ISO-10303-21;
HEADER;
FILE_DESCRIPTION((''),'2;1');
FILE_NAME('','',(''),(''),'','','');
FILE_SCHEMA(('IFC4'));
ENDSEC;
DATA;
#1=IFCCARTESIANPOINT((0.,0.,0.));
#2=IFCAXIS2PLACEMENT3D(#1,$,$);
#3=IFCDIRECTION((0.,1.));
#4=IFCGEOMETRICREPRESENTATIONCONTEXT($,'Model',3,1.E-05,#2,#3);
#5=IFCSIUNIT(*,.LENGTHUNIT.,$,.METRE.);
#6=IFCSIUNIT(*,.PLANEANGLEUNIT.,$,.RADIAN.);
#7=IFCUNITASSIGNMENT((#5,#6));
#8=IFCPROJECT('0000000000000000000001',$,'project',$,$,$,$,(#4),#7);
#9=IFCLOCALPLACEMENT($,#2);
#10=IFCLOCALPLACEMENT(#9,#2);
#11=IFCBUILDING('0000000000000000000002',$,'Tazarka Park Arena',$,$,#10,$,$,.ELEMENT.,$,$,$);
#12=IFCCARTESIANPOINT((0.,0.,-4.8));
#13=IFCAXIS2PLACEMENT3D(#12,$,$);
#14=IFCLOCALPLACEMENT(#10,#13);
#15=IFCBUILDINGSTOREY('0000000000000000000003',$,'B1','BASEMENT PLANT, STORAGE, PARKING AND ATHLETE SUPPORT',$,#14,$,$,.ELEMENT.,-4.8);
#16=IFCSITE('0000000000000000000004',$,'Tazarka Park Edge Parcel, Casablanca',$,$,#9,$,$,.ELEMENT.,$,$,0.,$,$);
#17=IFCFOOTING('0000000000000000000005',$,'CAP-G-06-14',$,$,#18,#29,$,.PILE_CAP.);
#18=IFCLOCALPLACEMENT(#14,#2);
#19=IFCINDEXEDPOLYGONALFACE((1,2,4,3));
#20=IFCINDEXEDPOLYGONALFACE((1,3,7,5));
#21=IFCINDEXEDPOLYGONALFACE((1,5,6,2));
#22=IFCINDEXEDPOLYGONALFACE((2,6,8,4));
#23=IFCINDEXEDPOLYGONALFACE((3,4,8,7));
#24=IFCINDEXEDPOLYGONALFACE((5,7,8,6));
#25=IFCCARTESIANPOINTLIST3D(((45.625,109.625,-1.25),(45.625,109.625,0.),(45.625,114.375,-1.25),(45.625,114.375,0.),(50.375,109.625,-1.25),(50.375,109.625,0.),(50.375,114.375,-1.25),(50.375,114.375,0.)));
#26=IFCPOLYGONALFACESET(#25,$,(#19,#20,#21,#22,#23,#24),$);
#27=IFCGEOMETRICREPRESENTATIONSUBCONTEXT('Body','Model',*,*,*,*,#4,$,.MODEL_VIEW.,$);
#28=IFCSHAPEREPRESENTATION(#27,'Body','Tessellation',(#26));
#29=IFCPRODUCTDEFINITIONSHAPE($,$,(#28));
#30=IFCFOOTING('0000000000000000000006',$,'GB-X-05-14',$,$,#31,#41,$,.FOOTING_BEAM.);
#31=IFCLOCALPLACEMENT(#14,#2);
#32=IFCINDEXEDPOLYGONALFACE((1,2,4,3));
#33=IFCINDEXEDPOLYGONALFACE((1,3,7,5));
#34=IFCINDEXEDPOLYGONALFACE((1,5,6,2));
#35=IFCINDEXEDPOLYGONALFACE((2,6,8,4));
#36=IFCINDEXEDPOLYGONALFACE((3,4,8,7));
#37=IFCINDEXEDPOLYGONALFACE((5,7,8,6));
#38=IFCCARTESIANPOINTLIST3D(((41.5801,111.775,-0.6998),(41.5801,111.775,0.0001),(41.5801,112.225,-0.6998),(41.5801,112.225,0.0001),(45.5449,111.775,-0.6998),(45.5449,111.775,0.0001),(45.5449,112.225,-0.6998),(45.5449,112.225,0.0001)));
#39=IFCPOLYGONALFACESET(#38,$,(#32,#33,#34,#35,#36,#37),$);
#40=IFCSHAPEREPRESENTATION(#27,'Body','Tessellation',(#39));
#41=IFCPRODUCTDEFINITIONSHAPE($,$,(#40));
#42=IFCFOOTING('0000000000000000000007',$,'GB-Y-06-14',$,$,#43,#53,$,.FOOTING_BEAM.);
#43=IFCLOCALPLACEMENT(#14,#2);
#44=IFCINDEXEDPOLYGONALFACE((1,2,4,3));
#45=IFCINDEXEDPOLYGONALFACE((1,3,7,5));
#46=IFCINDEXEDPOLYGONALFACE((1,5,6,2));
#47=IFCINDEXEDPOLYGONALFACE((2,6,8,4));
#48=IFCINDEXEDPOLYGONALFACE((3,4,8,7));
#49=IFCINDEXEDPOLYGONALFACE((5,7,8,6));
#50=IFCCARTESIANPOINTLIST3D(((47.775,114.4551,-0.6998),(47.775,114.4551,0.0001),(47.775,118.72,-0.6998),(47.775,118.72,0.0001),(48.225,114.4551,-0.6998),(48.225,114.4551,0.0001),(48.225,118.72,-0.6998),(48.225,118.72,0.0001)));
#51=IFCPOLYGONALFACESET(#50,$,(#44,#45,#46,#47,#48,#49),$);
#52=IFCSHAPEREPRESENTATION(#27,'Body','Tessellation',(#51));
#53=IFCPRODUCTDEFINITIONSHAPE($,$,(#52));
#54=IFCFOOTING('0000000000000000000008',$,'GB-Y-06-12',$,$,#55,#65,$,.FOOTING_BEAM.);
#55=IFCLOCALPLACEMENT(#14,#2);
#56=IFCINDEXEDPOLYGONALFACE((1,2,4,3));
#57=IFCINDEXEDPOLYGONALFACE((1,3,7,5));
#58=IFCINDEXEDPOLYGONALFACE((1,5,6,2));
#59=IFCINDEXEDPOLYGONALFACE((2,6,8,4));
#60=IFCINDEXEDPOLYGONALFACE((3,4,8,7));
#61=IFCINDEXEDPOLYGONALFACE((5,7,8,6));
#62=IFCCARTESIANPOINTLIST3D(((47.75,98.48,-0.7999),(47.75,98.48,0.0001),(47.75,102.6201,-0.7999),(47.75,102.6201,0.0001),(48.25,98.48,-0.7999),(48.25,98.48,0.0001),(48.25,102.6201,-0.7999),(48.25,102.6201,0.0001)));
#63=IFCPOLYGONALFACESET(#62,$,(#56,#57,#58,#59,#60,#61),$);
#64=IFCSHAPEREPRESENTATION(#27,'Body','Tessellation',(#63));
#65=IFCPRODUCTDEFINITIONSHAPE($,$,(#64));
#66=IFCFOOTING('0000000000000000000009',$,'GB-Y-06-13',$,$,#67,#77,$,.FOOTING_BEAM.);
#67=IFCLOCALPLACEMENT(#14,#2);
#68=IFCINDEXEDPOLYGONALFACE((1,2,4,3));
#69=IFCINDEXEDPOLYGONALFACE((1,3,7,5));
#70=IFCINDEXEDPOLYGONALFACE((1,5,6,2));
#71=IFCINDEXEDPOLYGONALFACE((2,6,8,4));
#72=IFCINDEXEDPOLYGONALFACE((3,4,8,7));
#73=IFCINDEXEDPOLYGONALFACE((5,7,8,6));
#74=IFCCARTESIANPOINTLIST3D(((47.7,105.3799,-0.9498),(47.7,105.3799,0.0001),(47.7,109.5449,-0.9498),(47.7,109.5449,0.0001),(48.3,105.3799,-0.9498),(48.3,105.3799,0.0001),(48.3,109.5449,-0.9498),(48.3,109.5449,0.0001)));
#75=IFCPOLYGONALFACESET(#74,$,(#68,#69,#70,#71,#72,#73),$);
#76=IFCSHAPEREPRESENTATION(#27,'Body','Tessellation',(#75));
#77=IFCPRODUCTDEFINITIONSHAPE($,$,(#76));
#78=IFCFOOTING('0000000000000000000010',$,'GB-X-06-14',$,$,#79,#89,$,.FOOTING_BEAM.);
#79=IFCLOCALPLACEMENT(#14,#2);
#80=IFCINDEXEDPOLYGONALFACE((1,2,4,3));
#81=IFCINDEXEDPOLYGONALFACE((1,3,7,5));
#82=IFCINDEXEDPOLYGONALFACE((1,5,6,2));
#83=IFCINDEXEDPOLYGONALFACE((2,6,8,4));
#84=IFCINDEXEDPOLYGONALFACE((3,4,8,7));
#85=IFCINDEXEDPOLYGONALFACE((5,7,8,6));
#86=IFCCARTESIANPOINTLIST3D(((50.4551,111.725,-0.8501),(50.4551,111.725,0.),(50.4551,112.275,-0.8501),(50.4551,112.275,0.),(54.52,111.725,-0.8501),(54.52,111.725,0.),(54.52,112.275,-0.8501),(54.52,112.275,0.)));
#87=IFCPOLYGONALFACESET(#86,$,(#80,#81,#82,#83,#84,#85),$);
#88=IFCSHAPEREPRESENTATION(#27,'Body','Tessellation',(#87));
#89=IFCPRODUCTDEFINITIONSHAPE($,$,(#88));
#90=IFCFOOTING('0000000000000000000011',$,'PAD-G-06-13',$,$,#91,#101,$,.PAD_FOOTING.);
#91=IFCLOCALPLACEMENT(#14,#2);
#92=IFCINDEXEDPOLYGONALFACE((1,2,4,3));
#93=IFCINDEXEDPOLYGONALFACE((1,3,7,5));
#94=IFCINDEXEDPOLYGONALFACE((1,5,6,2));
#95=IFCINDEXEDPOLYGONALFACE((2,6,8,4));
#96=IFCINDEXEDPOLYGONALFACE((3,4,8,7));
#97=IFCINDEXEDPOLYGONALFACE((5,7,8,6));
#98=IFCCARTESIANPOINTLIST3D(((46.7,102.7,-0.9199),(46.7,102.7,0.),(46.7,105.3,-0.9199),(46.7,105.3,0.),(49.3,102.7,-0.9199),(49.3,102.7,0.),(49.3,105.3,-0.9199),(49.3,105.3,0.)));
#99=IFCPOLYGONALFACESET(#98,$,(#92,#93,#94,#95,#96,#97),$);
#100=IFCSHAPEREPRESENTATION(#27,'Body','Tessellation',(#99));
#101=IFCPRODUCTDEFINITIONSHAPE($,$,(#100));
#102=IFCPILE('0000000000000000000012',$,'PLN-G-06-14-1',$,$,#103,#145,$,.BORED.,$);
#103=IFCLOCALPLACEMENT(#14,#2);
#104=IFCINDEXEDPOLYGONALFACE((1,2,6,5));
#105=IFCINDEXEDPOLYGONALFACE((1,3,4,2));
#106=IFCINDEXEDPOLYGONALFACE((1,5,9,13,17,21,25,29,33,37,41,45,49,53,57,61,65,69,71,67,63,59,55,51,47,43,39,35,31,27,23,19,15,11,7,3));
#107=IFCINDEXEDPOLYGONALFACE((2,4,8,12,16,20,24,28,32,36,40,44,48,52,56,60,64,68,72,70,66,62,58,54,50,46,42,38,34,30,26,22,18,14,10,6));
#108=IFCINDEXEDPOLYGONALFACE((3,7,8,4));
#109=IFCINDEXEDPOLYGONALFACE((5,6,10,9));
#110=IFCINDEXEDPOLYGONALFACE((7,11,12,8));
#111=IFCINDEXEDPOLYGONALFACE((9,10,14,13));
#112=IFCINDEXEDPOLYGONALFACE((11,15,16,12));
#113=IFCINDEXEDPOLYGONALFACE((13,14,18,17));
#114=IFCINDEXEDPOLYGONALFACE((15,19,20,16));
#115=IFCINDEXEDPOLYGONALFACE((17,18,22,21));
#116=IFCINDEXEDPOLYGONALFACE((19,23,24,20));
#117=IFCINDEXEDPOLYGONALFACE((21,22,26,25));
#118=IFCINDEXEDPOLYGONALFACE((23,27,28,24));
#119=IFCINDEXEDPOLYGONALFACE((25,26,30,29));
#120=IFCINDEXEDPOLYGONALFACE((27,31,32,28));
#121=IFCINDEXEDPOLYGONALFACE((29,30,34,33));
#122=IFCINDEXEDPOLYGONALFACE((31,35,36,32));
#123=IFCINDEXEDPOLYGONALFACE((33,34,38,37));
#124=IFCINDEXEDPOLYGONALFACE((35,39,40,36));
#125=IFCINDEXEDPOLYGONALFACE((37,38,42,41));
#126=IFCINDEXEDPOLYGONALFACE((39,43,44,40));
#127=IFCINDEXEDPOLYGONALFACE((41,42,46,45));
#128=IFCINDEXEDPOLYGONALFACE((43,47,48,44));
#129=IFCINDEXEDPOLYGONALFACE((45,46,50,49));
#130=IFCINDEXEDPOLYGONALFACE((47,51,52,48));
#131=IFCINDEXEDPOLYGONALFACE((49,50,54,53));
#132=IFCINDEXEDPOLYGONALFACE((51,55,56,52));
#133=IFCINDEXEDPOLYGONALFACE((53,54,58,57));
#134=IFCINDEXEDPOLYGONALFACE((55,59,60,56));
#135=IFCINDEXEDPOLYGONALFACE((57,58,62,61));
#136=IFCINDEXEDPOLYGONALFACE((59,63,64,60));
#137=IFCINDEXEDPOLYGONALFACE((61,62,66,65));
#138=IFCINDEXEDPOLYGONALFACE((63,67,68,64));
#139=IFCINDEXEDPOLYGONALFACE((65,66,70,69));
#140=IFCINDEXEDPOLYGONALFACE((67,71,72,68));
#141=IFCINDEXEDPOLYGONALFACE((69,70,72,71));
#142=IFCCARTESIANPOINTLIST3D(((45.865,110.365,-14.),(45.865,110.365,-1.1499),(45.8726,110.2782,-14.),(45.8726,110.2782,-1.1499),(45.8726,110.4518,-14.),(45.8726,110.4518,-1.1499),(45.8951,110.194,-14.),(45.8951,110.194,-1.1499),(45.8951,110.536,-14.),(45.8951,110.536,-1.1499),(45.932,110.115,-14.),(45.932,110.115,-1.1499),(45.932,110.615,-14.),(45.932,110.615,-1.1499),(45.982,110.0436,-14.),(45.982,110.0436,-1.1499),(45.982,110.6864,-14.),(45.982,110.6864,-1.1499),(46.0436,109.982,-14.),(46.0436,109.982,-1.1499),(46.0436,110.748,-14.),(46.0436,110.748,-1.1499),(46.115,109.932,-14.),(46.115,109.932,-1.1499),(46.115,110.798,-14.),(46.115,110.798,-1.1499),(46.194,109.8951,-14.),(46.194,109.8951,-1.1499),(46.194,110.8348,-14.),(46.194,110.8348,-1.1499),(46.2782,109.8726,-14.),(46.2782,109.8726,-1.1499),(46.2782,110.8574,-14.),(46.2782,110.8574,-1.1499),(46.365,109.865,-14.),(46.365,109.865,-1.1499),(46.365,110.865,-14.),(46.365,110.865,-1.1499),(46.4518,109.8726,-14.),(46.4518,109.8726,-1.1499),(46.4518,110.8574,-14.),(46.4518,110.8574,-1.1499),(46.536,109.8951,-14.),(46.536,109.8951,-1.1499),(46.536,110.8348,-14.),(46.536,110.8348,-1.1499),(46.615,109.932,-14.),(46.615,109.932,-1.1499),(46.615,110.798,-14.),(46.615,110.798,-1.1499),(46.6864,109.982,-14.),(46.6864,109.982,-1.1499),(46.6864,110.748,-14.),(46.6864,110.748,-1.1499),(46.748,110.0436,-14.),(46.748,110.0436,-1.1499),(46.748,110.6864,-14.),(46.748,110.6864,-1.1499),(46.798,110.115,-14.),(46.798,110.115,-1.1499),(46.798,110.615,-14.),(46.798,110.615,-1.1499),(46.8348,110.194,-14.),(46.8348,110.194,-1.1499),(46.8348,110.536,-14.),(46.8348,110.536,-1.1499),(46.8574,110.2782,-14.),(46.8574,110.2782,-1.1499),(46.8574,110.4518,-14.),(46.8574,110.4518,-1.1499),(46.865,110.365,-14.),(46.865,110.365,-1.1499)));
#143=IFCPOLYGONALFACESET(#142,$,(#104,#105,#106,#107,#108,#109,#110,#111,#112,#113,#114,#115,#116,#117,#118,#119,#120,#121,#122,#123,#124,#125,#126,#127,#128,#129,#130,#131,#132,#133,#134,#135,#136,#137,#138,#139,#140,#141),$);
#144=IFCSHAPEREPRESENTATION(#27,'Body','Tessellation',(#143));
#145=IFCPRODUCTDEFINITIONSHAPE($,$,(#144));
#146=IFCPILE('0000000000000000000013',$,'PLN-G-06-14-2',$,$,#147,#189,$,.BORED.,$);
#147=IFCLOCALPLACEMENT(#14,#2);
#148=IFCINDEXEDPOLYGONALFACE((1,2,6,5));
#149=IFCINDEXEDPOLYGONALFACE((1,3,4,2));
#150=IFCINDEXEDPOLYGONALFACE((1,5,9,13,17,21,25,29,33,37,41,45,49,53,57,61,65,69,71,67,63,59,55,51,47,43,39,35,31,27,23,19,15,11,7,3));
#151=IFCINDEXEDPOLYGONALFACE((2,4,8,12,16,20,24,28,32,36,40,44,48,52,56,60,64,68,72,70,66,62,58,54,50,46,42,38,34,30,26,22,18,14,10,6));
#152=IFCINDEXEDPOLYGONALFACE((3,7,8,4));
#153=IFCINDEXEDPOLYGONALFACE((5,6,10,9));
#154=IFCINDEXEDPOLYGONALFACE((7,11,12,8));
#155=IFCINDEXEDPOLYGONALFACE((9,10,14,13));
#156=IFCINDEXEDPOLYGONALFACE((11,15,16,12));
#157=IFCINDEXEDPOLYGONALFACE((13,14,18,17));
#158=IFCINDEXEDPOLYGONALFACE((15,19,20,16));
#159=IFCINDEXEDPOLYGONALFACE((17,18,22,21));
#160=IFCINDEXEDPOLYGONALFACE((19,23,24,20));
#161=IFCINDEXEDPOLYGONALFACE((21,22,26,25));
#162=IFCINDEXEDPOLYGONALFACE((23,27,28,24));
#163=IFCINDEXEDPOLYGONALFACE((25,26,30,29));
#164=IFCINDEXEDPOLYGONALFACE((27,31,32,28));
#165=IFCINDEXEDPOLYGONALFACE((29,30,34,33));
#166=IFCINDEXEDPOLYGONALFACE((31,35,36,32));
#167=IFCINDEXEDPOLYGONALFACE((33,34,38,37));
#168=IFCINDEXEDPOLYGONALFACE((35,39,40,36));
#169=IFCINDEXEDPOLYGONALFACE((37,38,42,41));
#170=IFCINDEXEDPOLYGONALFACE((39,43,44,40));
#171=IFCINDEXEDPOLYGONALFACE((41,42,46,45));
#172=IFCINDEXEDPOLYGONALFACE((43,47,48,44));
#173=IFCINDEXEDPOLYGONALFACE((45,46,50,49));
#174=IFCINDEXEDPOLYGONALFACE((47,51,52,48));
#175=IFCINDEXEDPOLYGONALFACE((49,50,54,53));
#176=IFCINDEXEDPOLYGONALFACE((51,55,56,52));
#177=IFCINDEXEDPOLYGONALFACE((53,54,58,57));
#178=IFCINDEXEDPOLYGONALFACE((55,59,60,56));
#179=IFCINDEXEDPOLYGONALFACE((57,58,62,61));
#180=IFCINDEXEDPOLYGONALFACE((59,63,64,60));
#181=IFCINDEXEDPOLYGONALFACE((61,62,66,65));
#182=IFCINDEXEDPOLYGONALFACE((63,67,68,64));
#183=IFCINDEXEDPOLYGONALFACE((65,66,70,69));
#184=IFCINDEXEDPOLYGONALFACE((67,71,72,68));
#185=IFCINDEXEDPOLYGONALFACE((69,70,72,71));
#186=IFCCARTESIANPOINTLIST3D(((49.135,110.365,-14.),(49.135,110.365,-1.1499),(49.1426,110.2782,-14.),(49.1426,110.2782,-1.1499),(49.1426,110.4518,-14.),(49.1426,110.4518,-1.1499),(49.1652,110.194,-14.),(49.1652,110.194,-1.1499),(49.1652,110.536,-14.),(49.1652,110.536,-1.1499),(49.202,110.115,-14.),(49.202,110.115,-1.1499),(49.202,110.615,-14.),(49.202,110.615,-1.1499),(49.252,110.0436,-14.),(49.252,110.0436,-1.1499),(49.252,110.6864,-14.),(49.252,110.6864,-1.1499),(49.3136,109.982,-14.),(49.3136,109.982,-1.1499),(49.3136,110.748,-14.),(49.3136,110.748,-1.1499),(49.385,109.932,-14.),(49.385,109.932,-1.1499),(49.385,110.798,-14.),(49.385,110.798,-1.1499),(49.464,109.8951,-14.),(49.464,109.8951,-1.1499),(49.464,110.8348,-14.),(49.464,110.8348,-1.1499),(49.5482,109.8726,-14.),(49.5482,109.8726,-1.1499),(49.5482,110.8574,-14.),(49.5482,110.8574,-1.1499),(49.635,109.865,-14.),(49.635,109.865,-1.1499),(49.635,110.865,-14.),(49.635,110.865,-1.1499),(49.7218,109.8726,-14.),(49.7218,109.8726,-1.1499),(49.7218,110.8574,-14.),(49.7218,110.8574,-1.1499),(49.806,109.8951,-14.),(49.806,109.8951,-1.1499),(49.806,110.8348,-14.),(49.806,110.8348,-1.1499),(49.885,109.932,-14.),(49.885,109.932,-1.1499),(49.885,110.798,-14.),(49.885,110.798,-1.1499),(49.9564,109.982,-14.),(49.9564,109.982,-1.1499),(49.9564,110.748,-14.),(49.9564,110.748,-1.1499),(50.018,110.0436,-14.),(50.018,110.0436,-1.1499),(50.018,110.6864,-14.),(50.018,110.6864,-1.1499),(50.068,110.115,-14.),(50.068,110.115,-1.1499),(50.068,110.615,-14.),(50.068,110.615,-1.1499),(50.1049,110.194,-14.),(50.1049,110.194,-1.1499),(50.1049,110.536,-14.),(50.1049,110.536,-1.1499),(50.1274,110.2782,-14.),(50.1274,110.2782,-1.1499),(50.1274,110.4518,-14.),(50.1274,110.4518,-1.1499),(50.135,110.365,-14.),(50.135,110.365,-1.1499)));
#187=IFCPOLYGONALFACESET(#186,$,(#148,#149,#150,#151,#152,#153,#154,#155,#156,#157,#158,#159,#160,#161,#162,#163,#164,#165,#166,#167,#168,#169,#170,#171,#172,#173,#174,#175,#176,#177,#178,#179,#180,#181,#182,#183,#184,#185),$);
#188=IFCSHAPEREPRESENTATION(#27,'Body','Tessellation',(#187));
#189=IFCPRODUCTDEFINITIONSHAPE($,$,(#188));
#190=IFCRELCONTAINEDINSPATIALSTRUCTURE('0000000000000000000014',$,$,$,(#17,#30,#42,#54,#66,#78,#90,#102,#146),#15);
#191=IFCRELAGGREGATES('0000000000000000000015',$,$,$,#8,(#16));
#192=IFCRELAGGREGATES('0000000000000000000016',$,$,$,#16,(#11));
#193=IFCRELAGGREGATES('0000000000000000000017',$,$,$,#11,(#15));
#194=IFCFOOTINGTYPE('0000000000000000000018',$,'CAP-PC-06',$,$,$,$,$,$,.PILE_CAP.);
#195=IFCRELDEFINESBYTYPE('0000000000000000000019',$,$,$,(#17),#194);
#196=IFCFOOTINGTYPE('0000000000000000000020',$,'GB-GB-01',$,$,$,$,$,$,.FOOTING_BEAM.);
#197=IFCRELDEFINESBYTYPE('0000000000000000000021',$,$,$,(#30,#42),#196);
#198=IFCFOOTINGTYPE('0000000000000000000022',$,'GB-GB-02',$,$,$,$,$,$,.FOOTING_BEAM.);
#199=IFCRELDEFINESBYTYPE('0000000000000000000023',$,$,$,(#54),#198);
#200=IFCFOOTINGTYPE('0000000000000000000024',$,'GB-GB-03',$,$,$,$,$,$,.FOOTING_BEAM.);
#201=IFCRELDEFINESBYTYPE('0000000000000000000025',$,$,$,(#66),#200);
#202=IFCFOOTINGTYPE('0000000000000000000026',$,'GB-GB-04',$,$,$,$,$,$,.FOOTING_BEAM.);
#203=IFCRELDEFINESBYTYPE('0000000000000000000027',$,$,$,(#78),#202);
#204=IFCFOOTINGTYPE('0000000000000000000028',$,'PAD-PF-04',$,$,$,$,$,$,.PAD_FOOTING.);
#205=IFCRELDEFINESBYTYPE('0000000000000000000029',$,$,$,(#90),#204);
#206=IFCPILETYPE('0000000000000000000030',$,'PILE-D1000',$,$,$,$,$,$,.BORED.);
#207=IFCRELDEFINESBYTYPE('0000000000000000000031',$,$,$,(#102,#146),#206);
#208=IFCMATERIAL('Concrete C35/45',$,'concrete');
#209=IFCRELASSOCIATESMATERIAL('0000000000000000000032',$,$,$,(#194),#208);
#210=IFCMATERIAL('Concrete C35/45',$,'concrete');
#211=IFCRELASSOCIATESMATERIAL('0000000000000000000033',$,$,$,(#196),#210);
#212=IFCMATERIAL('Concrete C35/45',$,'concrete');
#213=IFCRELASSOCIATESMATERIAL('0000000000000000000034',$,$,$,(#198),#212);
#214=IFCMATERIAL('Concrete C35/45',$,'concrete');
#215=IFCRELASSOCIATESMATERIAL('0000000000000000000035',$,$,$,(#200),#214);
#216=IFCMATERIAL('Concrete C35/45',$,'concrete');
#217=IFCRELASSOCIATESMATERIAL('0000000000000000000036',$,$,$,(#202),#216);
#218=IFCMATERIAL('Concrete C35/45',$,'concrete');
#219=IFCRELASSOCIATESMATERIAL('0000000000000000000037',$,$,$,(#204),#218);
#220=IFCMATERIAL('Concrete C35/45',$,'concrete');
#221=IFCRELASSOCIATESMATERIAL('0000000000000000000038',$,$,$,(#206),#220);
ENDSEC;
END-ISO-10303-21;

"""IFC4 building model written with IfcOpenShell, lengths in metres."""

from ifc_helpers import new_model, si_unit, direction, frame, origin, origin_2d, place, context, subcontext, project, spatial, rectangle, circle, extrude, material, material_profile, profile_set, type_object, element, save


model = new_model("IFC4")

# Units and contexts
model_context = context("Model", 3, precision=1e-05, world=origin(), true_north=direction((0.0, 1.0)))
body_context = subcontext(model_context, "Body", "Model", "MODEL_VIEW")
ifc_project = project(units=[si_unit("LENGTHUNIT", "METRE"), si_unit("PLANEANGLEUNIT", "RADIAN")], contexts=[model_context])

# Site, building, storey
site_placement = place(None, origin())
site = spatial("IfcSite", under=ifc_project, at=site_placement, Name="Tazarka Park Edge Parcel, Casablanca", CompositionType="ELEMENT", RefElevation=0.0)
building_placement = place(site_placement, origin())
building = spatial("IfcBuilding", under=site, at=building_placement, Name="Tazarka Park Arena", CompositionType="ELEMENT")
storey_placement = place(building_placement, frame((0.0, 0.0, -4.8)))
storey = spatial("IfcBuildingStorey", under=building, at=storey_placement, Name="B1", Description="BASEMENT PLANT, STORAGE, PARKING AND ATHLETE SUPPORT", CompositionType="ELEMENT", Elevation=-4.8)

# Footings
ifc_material_1 = material(Name="Concrete C35/45", Category="concrete")
footing_type_1 = type_object("IfcFootingType", Name="CAP-PC-06", PredefinedType="PILE_CAP", material=ifc_material_1)
footing_1_placement = place(storey_placement, frame((48.0, 112.0, -1.25), z_axis=(0.0, 0.0, 1.0), x_axis=(1.0, 0.0, 0.0)))
element("IfcFooting", 1, at=footing_1_placement, inside=storey, type_object=footing_type_1, Name="CAP-G-06-14", PredefinedType="PILE_CAP", context=body_context, shape_type="SweptSolid", body=[
    extrude(rectangle(XDim=4.75, YDim=4.75, at=origin_2d()), origin(), (0.0, 0.0, 1.0), 1.25),
])
ifc_material_2 = material(Name="Concrete C35/45", Category="concrete")
ifc_material_profile_1 = material_profile(ifc_material_2, rectangle(XDim=0.45, YDim=0.7, at=origin_2d()), Name="Concrete C35/45")
ifc_profile_set_1 = profile_set([ifc_material_profile_1], Name="Concrete C35/45")
footing_type_2 = type_object("IfcFootingType", Name="GB-GB-01", PredefinedType="FOOTING_BEAM", material=ifc_profile_set_1)
footing_2_placement = place(storey_placement, frame((41.5801, 112.0, -0.3499), z_axis=(1.0, 0.0, 0.0), x_axis=(0.0, 1.0, 0.0)))
element("IfcFooting", 2, at=footing_2_placement, inside=storey, type_object=footing_type_2, Name="GB-X-05-14", PredefinedType="FOOTING_BEAM", context=body_context, shape_type="SweptSolid", body=[
    extrude(rectangle(XDim=0.45, YDim=0.7, at=origin_2d()), origin(), (0.0, 0.0, 1.0), 3.9648),
])
footing_3_placement = place(storey_placement, frame((48.0, 114.4551, -0.3499), z_axis=(0.0, 1.0, 0.0), x_axis=(-1.0, 0.0, 0.0)))
element("IfcFooting", 3, at=footing_3_placement, inside=storey, type_object=footing_type_2, Name="GB-Y-06-14", PredefinedType="FOOTING_BEAM", context=body_context, shape_type="SweptSolid", body=[
    extrude(rectangle(XDim=0.45, YDim=0.7, at=origin_2d()), origin(), (0.0, 0.0, 1.0), 4.2649),
])
ifc_material_3 = material(Name="Concrete C35/45", Category="concrete")
ifc_material_profile_2 = material_profile(ifc_material_3, rectangle(XDim=0.5, YDim=0.8, at=origin_2d()), Name="Concrete C35/45")
ifc_profile_set_2 = profile_set([ifc_material_profile_2], Name="Concrete C35/45")
footing_type_3 = type_object("IfcFootingType", Name="GB-GB-02", PredefinedType="FOOTING_BEAM", material=ifc_profile_set_2)
footing_4_placement = place(storey_placement, frame((48.0, 98.48, -0.3999), z_axis=(0.0, 1.0, 0.0), x_axis=(-1.0, 0.0, 0.0)))
element("IfcFooting", 4, at=footing_4_placement, inside=storey, type_object=footing_type_3, Name="GB-Y-06-12", PredefinedType="FOOTING_BEAM", context=body_context, shape_type="SweptSolid", body=[
    extrude(rectangle(XDim=0.5, YDim=0.8, at=origin_2d()), origin(), (0.0, 0.0, 1.0), 4.1401),
])
ifc_material_4 = material(Name="Concrete C35/45", Category="concrete")
ifc_material_profile_3 = material_profile(ifc_material_4, rectangle(XDim=0.6001, YDim=0.95, at=origin_2d()), Name="Concrete C35/45")
ifc_profile_set_3 = profile_set([ifc_material_profile_3], Name="Concrete C35/45")
footing_type_4 = type_object("IfcFootingType", Name="GB-GB-03", PredefinedType="FOOTING_BEAM", material=ifc_profile_set_3)
footing_5_placement = place(storey_placement, frame((48.0, 105.3799, -0.4749), z_axis=(0.0, 1.0, 0.0), x_axis=(-1.0, 0.0, 0.0)))
element("IfcFooting", 5, at=footing_5_placement, inside=storey, type_object=footing_type_4, Name="GB-Y-06-13", PredefinedType="FOOTING_BEAM", context=body_context, shape_type="SweptSolid", body=[
    extrude(rectangle(XDim=0.6001, YDim=0.95, at=origin_2d()), origin(), (0.0, 0.0, 1.0), 4.165),
])
ifc_material_5 = material(Name="Concrete C35/45", Category="concrete")
ifc_material_profile_4 = material_profile(ifc_material_5, rectangle(XDim=0.55, YDim=0.8501, at=origin_2d()), Name="Concrete C35/45")
ifc_profile_set_4 = profile_set([ifc_material_profile_4], Name="Concrete C35/45")
footing_type_5 = type_object("IfcFootingType", Name="GB-GB-04", PredefinedType="FOOTING_BEAM", material=ifc_profile_set_4)
footing_6_placement = place(storey_placement, frame((50.4551, 112.0, -0.425), z_axis=(1.0, 0.0, 0.0), x_axis=(0.0, 1.0, 0.0)))
element("IfcFooting", 6, at=footing_6_placement, inside=storey, type_object=footing_type_5, Name="GB-X-06-14", PredefinedType="FOOTING_BEAM", context=body_context, shape_type="SweptSolid", body=[
    extrude(rectangle(XDim=0.55, YDim=0.8501, at=origin_2d()), origin(), (0.0, 0.0, 1.0), 4.0649),
])
ifc_material_6 = material(Name="Concrete C35/45", Category="concrete")
footing_type_6 = type_object("IfcFootingType", Name="PAD-PF-04", PredefinedType="PAD_FOOTING", material=ifc_material_6)
footing_7_placement = place(storey_placement, frame((48.0, 104.0, -0.9199), z_axis=(0.0, 0.0, 1.0), x_axis=(1.0, 0.0, 0.0)))
element("IfcFooting", 7, at=footing_7_placement, inside=storey, type_object=footing_type_6, Name="PAD-G-06-13", PredefinedType="PAD_FOOTING", context=body_context, shape_type="SweptSolid", body=[
    extrude(rectangle(XDim=2.6001, YDim=2.6001, at=origin_2d()), origin(), (0.0, 0.0, 1.0), 0.9199),
])

# Piles
ifc_material_7 = material(Name="Concrete C35/45", Category="concrete")
ifc_material_profile_5 = material_profile(ifc_material_7, circle(Radius=0.5, at=origin_2d()), Name="Concrete C35/45")
ifc_profile_set_5 = profile_set([ifc_material_profile_5], Name="Concrete C35/45")
pile_type = type_object("IfcPileType", Name="PILE-D1000", PredefinedType="BORED", material=ifc_profile_set_5)
for number, where, z_axis, x_axis, name in (
    (8, (46.365, 110.365, -1.1499), (0.0, 0.0, -1.0), (1.0, 0.0, 0.0), "PLN-G-06-14-1"),
    (9, (49.635, 110.365, -1.1499), (0.0, 0.0, -1.0), (1.0, 0.0, 0.0), "PLN-G-06-14-2"),
):
    element("IfcPile", number, at=place(storey_placement, frame(where, z_axis=z_axis, x_axis=x_axis)), inside=storey, type_object=pile_type, Name=name, PredefinedType="BORED", context=body_context, shape_type="SweptSolid", body=[
        extrude(circle(Radius=0.5, at=origin_2d()), origin(), (0.0, 0.0, 1.0), 12.8501),
    ])

save(model, "model.ifc")
